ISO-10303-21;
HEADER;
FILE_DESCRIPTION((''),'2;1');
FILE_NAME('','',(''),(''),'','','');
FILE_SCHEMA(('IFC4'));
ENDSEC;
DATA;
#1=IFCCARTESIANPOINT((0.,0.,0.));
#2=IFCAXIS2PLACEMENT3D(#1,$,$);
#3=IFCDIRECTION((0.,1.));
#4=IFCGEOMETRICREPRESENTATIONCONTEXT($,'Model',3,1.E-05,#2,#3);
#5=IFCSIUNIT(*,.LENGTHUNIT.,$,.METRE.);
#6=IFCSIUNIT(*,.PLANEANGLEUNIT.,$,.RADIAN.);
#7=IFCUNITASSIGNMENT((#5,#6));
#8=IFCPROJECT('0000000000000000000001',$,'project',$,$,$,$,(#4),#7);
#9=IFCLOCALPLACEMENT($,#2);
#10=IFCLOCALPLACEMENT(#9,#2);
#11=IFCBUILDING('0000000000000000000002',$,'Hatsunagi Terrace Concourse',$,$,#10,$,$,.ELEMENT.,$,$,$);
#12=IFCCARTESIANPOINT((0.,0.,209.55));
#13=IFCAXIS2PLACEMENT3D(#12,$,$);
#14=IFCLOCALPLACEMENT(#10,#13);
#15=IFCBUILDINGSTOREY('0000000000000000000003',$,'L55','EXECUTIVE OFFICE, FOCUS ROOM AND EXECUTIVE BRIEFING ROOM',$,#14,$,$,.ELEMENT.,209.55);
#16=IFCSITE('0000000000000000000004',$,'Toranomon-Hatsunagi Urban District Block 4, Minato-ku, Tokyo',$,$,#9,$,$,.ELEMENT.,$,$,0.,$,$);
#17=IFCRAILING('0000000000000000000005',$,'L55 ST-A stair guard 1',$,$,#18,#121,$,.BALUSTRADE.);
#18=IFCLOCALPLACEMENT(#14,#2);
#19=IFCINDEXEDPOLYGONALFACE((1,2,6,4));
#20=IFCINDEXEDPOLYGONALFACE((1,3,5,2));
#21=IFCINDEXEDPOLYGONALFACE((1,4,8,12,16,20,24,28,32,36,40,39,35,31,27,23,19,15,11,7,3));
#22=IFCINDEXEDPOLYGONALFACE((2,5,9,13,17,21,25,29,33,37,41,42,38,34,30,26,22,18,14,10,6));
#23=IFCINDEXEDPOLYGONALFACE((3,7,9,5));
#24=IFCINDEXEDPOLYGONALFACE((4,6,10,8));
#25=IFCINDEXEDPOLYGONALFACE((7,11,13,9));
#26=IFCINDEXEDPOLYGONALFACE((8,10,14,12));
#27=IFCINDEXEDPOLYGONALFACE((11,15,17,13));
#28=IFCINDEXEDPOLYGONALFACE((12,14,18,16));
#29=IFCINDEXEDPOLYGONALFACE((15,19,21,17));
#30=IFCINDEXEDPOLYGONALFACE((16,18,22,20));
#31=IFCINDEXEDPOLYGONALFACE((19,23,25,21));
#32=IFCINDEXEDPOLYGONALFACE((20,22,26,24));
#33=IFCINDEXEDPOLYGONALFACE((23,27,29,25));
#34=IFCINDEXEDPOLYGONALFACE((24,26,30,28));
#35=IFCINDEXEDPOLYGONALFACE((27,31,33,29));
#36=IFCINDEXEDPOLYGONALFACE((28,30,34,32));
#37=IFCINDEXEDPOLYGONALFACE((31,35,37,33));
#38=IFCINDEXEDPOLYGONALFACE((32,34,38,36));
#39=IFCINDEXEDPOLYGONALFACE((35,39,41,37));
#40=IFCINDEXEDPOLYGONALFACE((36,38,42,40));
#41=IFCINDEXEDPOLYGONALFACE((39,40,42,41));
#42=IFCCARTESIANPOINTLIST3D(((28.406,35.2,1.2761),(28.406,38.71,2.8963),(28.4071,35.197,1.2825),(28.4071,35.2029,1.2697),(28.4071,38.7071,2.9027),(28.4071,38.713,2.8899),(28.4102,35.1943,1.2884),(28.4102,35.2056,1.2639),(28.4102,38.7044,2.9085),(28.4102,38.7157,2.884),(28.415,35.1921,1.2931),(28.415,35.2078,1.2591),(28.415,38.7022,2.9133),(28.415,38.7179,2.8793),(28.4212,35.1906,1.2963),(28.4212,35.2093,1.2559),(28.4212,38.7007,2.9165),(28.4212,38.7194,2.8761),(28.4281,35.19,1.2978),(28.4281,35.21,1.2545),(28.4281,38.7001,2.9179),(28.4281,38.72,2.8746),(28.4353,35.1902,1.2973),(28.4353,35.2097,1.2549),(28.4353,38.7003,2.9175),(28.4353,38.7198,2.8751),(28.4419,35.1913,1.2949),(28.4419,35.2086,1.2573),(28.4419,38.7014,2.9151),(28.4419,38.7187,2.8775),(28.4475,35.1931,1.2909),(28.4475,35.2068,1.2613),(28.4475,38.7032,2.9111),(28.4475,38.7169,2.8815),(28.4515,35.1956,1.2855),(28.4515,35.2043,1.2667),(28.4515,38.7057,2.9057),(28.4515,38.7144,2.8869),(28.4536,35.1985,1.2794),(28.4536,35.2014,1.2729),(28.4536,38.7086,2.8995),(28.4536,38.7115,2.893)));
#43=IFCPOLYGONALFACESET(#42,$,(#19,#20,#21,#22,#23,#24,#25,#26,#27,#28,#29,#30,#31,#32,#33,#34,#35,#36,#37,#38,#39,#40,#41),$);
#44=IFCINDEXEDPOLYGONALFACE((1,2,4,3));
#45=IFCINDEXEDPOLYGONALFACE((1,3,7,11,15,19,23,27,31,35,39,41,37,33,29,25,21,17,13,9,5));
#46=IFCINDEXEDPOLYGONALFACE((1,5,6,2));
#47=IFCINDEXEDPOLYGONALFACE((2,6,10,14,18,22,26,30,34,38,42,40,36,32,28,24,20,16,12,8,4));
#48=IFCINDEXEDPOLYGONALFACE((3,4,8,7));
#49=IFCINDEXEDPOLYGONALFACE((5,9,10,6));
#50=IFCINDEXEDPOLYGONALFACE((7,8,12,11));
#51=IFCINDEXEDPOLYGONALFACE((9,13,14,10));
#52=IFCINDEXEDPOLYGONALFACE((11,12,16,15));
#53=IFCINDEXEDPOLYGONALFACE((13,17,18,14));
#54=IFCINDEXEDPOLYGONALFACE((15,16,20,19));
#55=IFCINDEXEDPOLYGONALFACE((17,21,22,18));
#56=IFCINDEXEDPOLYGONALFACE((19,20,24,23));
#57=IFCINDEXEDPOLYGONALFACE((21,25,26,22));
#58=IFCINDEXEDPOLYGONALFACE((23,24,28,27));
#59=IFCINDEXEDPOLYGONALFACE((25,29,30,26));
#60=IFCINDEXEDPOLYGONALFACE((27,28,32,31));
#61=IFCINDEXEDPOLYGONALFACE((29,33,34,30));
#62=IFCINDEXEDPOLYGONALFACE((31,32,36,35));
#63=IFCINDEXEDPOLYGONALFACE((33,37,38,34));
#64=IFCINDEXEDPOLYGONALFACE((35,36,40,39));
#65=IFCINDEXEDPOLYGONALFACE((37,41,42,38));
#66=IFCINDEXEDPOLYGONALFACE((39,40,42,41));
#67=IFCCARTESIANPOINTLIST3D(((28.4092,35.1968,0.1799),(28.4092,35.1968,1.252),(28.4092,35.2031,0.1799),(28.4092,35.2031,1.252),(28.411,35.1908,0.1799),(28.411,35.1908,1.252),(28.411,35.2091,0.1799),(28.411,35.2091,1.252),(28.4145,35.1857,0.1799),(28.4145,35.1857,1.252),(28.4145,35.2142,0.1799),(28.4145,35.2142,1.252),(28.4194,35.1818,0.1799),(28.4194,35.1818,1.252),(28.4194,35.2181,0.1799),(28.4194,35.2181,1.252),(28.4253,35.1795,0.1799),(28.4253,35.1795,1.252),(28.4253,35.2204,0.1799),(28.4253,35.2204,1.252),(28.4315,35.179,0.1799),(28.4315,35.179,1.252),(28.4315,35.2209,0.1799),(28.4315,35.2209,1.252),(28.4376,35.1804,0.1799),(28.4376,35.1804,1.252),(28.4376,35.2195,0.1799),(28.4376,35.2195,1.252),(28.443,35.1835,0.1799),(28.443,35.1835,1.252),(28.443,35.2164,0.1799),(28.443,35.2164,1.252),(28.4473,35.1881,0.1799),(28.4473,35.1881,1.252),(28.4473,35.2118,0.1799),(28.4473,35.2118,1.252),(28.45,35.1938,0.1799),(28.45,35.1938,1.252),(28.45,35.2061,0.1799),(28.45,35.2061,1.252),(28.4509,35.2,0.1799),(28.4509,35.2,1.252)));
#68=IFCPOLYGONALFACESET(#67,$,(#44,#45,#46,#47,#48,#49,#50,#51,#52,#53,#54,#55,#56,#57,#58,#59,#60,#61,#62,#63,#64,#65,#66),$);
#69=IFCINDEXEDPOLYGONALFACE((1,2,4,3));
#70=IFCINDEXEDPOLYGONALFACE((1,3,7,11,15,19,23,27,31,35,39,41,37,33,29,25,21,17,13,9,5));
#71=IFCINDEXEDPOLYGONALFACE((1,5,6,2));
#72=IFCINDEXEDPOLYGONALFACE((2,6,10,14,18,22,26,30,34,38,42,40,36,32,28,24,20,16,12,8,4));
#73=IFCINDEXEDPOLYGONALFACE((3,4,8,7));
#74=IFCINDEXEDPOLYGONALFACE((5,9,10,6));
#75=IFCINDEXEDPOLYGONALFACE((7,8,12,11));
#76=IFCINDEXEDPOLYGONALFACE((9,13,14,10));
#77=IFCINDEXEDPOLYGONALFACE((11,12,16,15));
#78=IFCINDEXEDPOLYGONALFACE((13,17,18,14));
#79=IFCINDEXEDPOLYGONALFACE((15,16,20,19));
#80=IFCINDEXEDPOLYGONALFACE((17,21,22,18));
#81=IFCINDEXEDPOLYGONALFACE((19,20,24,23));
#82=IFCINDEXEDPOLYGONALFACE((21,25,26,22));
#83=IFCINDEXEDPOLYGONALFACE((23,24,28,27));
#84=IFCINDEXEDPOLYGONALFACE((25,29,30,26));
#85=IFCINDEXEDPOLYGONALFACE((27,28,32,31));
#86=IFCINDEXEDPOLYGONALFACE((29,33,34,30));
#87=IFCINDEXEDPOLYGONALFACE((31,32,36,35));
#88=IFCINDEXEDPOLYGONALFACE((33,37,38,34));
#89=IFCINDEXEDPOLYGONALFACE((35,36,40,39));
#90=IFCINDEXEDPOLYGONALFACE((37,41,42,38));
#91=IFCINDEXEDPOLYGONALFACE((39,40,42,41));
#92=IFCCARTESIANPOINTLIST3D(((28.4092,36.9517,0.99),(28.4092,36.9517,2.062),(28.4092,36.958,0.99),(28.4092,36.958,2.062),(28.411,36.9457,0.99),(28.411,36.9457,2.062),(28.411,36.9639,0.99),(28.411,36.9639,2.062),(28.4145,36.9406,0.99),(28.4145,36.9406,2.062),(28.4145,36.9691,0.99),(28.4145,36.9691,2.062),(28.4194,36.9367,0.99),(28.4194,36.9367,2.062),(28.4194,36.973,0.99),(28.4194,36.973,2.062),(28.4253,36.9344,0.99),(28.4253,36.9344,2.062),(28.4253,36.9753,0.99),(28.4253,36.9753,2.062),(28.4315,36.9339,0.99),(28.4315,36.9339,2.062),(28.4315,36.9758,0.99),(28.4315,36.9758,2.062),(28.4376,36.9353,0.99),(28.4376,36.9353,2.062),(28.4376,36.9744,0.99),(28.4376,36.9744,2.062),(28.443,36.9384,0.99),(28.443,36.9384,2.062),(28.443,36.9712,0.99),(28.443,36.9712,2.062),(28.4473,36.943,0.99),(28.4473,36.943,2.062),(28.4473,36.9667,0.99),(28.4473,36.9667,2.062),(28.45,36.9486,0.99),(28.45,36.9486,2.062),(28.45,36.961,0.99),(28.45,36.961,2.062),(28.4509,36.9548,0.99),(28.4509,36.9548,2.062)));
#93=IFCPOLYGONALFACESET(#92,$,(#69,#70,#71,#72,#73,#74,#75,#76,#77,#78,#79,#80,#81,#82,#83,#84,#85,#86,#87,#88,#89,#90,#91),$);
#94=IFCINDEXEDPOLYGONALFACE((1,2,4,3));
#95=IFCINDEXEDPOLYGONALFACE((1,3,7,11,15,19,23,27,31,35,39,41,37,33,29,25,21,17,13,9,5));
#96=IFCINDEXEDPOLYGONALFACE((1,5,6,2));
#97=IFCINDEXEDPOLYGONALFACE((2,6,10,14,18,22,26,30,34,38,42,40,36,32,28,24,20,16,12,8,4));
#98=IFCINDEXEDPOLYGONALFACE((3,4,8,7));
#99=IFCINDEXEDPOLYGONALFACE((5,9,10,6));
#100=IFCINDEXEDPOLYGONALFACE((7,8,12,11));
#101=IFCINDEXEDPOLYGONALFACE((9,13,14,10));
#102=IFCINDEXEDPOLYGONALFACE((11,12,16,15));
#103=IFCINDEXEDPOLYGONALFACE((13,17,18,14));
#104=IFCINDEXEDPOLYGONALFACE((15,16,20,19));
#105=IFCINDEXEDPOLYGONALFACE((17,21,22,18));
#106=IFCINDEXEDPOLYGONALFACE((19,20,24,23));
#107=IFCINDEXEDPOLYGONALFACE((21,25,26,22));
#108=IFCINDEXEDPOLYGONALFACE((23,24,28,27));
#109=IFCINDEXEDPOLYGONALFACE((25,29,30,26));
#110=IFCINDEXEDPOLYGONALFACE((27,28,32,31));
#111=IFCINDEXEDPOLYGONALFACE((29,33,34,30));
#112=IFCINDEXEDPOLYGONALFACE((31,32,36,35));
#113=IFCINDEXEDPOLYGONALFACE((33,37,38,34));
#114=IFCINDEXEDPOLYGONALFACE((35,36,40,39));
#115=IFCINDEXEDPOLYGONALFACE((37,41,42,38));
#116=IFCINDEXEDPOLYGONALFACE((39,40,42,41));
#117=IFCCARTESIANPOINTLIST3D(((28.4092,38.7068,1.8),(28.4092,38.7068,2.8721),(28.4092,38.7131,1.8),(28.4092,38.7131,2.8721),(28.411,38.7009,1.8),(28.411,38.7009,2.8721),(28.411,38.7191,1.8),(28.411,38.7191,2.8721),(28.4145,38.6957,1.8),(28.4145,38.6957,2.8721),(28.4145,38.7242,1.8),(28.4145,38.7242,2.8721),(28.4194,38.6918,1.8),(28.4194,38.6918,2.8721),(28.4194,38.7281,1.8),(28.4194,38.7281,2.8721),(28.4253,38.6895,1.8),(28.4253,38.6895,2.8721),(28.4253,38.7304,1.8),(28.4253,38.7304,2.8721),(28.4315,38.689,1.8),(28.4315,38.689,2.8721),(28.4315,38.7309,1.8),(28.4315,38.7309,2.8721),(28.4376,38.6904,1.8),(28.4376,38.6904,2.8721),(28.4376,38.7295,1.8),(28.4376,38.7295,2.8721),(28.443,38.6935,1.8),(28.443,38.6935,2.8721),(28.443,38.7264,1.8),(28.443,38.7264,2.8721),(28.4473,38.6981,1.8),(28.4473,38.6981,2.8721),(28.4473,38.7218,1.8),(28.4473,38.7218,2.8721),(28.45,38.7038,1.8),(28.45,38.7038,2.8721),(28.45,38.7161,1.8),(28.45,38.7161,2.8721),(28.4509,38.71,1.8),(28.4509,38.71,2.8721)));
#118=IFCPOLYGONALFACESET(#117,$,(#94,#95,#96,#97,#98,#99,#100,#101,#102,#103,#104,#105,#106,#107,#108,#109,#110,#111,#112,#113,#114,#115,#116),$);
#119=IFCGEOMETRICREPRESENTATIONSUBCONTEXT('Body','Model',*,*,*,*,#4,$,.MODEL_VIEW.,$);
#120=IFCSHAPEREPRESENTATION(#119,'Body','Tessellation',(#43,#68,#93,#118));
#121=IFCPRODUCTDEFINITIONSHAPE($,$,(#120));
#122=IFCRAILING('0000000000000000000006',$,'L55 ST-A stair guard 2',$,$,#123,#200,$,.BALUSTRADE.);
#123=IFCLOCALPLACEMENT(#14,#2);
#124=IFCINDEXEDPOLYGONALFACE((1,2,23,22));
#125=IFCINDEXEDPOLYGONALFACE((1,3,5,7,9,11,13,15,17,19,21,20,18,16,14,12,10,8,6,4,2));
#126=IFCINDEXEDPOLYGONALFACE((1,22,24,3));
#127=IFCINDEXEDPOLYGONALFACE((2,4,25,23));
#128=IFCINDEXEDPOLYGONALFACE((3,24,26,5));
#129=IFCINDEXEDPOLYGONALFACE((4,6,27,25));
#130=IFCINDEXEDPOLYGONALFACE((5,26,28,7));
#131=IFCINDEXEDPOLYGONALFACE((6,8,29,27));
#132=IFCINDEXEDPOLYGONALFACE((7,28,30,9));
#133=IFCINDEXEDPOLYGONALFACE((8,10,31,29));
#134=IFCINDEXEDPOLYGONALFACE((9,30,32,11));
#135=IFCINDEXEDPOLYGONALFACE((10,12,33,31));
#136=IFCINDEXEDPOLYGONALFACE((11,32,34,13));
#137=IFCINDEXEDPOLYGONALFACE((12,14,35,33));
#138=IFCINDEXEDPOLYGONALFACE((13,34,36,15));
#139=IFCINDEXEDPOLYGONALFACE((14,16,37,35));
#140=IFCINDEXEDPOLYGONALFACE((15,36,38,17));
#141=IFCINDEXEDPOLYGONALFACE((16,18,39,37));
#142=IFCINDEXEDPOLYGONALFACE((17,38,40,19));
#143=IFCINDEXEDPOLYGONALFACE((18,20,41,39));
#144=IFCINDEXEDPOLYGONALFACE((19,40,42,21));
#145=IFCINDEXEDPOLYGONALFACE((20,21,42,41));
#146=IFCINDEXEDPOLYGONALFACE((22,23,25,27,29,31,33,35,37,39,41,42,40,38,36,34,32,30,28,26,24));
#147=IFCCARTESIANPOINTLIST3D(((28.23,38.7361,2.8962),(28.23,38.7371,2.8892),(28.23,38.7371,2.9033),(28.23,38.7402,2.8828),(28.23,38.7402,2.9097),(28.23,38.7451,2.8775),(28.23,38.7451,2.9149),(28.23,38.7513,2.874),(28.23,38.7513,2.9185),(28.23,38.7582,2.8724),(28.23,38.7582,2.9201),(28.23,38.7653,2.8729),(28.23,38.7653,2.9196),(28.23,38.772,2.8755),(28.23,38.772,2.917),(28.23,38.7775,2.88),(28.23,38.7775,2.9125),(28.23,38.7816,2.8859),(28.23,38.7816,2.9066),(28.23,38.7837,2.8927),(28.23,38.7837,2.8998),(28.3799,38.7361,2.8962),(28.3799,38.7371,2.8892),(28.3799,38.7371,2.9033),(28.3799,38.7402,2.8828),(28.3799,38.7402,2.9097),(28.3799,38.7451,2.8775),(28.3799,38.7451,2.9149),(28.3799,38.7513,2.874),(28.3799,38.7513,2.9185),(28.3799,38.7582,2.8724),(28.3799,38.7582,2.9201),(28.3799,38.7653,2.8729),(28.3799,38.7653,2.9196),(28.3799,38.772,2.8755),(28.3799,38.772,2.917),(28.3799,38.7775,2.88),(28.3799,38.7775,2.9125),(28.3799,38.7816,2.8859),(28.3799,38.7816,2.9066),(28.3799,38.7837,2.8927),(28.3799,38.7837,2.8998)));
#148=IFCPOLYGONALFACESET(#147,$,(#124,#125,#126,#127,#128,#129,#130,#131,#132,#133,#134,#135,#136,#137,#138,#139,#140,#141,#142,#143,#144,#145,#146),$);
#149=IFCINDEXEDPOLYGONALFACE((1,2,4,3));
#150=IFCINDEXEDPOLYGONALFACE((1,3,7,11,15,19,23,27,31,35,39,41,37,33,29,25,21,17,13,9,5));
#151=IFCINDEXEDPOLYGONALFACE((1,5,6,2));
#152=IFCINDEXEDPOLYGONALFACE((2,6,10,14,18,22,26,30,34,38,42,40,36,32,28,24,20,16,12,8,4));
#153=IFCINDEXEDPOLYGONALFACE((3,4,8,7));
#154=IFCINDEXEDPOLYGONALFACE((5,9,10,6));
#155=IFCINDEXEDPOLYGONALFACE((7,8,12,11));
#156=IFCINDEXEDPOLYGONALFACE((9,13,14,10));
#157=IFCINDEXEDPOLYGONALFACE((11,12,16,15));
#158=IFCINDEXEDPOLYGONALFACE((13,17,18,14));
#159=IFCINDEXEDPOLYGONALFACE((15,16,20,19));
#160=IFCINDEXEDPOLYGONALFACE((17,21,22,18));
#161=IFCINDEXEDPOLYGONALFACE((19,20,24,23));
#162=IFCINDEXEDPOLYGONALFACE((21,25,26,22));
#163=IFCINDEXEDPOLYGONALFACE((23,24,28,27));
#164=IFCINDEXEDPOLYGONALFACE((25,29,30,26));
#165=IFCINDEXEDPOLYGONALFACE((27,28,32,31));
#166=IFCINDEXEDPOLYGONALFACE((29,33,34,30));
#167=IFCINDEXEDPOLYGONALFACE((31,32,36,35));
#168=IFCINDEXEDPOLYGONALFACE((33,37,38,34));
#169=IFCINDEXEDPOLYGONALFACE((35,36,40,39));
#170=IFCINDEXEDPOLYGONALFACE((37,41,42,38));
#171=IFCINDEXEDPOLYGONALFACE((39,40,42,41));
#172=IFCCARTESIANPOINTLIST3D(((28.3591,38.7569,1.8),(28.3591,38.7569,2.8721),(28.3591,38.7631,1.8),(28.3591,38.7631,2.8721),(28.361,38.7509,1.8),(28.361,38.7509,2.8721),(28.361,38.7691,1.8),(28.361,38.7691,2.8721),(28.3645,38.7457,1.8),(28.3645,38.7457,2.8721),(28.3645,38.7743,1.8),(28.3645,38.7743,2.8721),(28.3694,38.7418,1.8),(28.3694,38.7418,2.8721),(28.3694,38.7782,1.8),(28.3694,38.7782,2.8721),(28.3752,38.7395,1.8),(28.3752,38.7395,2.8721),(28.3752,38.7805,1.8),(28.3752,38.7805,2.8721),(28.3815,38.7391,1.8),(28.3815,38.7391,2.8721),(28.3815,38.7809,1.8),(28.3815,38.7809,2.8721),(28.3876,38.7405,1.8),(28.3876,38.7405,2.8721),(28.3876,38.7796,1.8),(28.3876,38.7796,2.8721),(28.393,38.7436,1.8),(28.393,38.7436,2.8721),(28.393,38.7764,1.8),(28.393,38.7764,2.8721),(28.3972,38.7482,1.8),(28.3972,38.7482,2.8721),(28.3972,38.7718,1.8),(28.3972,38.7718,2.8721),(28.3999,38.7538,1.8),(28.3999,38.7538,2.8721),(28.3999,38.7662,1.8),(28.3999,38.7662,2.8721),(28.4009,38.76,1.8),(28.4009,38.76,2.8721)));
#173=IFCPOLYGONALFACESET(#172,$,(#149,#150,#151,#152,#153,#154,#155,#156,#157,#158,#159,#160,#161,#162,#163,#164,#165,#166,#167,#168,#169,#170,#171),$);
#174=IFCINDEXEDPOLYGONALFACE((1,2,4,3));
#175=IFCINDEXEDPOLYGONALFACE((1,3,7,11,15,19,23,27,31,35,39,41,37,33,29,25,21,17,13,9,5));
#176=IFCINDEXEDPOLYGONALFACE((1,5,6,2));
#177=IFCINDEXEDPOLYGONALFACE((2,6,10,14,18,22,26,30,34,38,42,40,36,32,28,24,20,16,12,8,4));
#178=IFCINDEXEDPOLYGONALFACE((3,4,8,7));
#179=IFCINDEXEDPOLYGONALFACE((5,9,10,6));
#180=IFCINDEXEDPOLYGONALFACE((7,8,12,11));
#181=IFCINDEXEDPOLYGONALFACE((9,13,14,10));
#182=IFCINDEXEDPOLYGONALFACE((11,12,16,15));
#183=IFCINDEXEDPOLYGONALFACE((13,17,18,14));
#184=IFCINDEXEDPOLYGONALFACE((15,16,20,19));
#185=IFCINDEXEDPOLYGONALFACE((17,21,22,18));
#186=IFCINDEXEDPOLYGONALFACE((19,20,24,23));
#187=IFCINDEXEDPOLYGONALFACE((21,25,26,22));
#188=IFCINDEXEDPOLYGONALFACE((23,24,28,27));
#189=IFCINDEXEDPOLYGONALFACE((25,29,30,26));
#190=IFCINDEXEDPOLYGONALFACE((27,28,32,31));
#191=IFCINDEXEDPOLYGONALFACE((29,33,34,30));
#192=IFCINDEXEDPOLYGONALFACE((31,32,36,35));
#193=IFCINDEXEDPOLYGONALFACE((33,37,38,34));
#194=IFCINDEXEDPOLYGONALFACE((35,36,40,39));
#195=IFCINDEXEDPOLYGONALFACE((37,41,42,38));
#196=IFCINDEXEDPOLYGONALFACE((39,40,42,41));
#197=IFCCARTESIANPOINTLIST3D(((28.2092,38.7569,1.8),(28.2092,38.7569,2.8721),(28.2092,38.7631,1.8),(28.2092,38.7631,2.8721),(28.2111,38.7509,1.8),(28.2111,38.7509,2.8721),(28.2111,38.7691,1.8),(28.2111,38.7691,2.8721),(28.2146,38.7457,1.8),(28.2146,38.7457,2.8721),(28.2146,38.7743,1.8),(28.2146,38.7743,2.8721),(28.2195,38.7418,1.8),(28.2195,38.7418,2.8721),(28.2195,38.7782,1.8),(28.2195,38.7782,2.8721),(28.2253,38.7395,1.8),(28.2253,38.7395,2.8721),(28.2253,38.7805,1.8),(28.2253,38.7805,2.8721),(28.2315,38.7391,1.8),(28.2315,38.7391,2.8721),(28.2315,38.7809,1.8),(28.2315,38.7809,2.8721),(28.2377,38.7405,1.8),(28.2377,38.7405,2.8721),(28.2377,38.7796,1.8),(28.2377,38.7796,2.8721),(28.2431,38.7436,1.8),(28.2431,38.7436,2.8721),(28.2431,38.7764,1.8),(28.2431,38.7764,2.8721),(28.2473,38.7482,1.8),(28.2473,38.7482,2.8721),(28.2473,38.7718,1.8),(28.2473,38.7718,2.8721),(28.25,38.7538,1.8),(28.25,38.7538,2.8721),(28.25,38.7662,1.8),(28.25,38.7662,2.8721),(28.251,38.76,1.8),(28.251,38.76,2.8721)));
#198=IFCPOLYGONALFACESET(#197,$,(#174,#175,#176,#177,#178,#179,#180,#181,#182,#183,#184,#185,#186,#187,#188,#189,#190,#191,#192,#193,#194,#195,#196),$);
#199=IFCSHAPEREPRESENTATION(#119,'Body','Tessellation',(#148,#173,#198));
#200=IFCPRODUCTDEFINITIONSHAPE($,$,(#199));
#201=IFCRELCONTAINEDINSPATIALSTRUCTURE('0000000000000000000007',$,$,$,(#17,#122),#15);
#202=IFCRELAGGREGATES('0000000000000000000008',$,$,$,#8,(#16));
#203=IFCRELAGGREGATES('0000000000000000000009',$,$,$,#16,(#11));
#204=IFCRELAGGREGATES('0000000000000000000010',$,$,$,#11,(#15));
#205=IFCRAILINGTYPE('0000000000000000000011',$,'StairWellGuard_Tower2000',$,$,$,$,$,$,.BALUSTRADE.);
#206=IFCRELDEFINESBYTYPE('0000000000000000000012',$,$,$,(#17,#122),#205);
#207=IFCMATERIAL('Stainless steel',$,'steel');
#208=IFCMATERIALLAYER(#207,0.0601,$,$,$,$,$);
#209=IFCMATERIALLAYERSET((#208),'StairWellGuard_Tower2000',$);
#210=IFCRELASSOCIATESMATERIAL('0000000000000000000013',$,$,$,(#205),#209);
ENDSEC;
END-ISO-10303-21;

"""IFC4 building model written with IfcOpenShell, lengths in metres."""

from ifc_helpers import new_model, si_unit, direction, frame, origin, origin_2d, place, context, subcontext, project, spatial, circle, extrude, material, layer, layer_set, type_object, element, save


model = new_model("IFC4")

# Units and contexts
model_context = context("Model", 3, precision=1e-05, world=origin(), true_north=direction((0.0, 1.0)))
body_context = subcontext(model_context, "Body", "Model", "MODEL_VIEW")
ifc_project = project(units=[si_unit("LENGTHUNIT", "METRE"), si_unit("PLANEANGLEUNIT", "RADIAN")], contexts=[model_context])

# Site, building, storey
site_placement = place(None, origin())
site = spatial("IfcSite", under=ifc_project, at=site_placement, Name="Toranomon-Hatsunagi Urban District Block 4, Minato-ku, Tokyo", CompositionType="ELEMENT", RefElevation=0.0)
building_placement = place(site_placement, origin())
building = spatial("IfcBuilding", under=site, at=building_placement, Name="Hatsunagi Terrace Concourse", CompositionType="ELEMENT")
storey_placement = place(building_placement, frame((0.0, 0.0, 209.55)))
storey = spatial("IfcBuildingStorey", under=building, at=storey_placement, Name="L55", Description="EXECUTIVE OFFICE, FOCUS ROOM AND EXECUTIVE BRIEFING ROOM", CompositionType="ELEMENT", Elevation=209.55)

# Railings
ifc_material_1 = material(Name="Stainless steel", Category="steel")
ifc_layer_1 = layer(ifc_material_1, 0.0601)
ifc_layer_set_1 = layer_set([ifc_layer_1], Name="StairWellGuard_Tower2000")
railing_type_1 = type_object("IfcRailingType", Name="StairWellGuard_Tower2000", PredefinedType="BALUSTRADE", material=ifc_layer_set_1)
railing_1_placement = place(storey_placement, frame((28.4299, 35.2, 0.1799)))
element("IfcRailing", 1, at=railing_1_placement, inside=storey, type_object=railing_type_1, Name="L55 ST-A stair guard 1", PredefinedType="BALUSTRADE", context=body_context, shape_type="SweptSolid", body=[
    extrude(circle(Radius=0.0239, at=origin_2d()), frame((0.0, 0.0, 1.0962), z_axis=(0.0, 0.907948, 0.419082), x_axis=(-1.0, 0.0, 0.0)), (0.0, 0.0, 1.0), 3.866),
    extrude(circle(Radius=0.021, at=origin_2d()), origin(), (0.0, 0.0, 1.0), 1.072),
    extrude(circle(Radius=0.021, at=origin_2d()), frame((0.0, 1.7549, 0.8101)), (0.0, 0.0, 1.0), 1.072),
    extrude(circle(Radius=0.021, at=origin_2d()), frame((0.0, 3.51, 1.6201)), (0.0, 0.0, 1.0), 1.072),
])
railing_2_placement = place(storey_placement, frame((28.3799, 38.76, 1.8)))
element("IfcRailing", 2, at=railing_2_placement, inside=storey, type_object=railing_type_1, Name="L55 ST-A stair guard 2", PredefinedType="BALUSTRADE", context=body_context, shape_type="SweptSolid", body=[
    extrude(circle(Radius=0.0239, at=origin_2d()), frame((0.0, 0.0, 1.0962), z_axis=(-1.0, 0.0, 0.0), x_axis=(0.0, -1.0, 0.0)), (0.0, 0.0, 1.0), 0.1499),
    extrude(circle(Radius=0.021, at=origin_2d()), origin(), (0.0, 0.0, 1.0), 1.072),
    extrude(circle(Radius=0.021, at=origin_2d()), frame((-0.1499, 0.0, 0.0)), (0.0, 0.0, 1.0), 1.072),
])

save(model, "model.ifc")
